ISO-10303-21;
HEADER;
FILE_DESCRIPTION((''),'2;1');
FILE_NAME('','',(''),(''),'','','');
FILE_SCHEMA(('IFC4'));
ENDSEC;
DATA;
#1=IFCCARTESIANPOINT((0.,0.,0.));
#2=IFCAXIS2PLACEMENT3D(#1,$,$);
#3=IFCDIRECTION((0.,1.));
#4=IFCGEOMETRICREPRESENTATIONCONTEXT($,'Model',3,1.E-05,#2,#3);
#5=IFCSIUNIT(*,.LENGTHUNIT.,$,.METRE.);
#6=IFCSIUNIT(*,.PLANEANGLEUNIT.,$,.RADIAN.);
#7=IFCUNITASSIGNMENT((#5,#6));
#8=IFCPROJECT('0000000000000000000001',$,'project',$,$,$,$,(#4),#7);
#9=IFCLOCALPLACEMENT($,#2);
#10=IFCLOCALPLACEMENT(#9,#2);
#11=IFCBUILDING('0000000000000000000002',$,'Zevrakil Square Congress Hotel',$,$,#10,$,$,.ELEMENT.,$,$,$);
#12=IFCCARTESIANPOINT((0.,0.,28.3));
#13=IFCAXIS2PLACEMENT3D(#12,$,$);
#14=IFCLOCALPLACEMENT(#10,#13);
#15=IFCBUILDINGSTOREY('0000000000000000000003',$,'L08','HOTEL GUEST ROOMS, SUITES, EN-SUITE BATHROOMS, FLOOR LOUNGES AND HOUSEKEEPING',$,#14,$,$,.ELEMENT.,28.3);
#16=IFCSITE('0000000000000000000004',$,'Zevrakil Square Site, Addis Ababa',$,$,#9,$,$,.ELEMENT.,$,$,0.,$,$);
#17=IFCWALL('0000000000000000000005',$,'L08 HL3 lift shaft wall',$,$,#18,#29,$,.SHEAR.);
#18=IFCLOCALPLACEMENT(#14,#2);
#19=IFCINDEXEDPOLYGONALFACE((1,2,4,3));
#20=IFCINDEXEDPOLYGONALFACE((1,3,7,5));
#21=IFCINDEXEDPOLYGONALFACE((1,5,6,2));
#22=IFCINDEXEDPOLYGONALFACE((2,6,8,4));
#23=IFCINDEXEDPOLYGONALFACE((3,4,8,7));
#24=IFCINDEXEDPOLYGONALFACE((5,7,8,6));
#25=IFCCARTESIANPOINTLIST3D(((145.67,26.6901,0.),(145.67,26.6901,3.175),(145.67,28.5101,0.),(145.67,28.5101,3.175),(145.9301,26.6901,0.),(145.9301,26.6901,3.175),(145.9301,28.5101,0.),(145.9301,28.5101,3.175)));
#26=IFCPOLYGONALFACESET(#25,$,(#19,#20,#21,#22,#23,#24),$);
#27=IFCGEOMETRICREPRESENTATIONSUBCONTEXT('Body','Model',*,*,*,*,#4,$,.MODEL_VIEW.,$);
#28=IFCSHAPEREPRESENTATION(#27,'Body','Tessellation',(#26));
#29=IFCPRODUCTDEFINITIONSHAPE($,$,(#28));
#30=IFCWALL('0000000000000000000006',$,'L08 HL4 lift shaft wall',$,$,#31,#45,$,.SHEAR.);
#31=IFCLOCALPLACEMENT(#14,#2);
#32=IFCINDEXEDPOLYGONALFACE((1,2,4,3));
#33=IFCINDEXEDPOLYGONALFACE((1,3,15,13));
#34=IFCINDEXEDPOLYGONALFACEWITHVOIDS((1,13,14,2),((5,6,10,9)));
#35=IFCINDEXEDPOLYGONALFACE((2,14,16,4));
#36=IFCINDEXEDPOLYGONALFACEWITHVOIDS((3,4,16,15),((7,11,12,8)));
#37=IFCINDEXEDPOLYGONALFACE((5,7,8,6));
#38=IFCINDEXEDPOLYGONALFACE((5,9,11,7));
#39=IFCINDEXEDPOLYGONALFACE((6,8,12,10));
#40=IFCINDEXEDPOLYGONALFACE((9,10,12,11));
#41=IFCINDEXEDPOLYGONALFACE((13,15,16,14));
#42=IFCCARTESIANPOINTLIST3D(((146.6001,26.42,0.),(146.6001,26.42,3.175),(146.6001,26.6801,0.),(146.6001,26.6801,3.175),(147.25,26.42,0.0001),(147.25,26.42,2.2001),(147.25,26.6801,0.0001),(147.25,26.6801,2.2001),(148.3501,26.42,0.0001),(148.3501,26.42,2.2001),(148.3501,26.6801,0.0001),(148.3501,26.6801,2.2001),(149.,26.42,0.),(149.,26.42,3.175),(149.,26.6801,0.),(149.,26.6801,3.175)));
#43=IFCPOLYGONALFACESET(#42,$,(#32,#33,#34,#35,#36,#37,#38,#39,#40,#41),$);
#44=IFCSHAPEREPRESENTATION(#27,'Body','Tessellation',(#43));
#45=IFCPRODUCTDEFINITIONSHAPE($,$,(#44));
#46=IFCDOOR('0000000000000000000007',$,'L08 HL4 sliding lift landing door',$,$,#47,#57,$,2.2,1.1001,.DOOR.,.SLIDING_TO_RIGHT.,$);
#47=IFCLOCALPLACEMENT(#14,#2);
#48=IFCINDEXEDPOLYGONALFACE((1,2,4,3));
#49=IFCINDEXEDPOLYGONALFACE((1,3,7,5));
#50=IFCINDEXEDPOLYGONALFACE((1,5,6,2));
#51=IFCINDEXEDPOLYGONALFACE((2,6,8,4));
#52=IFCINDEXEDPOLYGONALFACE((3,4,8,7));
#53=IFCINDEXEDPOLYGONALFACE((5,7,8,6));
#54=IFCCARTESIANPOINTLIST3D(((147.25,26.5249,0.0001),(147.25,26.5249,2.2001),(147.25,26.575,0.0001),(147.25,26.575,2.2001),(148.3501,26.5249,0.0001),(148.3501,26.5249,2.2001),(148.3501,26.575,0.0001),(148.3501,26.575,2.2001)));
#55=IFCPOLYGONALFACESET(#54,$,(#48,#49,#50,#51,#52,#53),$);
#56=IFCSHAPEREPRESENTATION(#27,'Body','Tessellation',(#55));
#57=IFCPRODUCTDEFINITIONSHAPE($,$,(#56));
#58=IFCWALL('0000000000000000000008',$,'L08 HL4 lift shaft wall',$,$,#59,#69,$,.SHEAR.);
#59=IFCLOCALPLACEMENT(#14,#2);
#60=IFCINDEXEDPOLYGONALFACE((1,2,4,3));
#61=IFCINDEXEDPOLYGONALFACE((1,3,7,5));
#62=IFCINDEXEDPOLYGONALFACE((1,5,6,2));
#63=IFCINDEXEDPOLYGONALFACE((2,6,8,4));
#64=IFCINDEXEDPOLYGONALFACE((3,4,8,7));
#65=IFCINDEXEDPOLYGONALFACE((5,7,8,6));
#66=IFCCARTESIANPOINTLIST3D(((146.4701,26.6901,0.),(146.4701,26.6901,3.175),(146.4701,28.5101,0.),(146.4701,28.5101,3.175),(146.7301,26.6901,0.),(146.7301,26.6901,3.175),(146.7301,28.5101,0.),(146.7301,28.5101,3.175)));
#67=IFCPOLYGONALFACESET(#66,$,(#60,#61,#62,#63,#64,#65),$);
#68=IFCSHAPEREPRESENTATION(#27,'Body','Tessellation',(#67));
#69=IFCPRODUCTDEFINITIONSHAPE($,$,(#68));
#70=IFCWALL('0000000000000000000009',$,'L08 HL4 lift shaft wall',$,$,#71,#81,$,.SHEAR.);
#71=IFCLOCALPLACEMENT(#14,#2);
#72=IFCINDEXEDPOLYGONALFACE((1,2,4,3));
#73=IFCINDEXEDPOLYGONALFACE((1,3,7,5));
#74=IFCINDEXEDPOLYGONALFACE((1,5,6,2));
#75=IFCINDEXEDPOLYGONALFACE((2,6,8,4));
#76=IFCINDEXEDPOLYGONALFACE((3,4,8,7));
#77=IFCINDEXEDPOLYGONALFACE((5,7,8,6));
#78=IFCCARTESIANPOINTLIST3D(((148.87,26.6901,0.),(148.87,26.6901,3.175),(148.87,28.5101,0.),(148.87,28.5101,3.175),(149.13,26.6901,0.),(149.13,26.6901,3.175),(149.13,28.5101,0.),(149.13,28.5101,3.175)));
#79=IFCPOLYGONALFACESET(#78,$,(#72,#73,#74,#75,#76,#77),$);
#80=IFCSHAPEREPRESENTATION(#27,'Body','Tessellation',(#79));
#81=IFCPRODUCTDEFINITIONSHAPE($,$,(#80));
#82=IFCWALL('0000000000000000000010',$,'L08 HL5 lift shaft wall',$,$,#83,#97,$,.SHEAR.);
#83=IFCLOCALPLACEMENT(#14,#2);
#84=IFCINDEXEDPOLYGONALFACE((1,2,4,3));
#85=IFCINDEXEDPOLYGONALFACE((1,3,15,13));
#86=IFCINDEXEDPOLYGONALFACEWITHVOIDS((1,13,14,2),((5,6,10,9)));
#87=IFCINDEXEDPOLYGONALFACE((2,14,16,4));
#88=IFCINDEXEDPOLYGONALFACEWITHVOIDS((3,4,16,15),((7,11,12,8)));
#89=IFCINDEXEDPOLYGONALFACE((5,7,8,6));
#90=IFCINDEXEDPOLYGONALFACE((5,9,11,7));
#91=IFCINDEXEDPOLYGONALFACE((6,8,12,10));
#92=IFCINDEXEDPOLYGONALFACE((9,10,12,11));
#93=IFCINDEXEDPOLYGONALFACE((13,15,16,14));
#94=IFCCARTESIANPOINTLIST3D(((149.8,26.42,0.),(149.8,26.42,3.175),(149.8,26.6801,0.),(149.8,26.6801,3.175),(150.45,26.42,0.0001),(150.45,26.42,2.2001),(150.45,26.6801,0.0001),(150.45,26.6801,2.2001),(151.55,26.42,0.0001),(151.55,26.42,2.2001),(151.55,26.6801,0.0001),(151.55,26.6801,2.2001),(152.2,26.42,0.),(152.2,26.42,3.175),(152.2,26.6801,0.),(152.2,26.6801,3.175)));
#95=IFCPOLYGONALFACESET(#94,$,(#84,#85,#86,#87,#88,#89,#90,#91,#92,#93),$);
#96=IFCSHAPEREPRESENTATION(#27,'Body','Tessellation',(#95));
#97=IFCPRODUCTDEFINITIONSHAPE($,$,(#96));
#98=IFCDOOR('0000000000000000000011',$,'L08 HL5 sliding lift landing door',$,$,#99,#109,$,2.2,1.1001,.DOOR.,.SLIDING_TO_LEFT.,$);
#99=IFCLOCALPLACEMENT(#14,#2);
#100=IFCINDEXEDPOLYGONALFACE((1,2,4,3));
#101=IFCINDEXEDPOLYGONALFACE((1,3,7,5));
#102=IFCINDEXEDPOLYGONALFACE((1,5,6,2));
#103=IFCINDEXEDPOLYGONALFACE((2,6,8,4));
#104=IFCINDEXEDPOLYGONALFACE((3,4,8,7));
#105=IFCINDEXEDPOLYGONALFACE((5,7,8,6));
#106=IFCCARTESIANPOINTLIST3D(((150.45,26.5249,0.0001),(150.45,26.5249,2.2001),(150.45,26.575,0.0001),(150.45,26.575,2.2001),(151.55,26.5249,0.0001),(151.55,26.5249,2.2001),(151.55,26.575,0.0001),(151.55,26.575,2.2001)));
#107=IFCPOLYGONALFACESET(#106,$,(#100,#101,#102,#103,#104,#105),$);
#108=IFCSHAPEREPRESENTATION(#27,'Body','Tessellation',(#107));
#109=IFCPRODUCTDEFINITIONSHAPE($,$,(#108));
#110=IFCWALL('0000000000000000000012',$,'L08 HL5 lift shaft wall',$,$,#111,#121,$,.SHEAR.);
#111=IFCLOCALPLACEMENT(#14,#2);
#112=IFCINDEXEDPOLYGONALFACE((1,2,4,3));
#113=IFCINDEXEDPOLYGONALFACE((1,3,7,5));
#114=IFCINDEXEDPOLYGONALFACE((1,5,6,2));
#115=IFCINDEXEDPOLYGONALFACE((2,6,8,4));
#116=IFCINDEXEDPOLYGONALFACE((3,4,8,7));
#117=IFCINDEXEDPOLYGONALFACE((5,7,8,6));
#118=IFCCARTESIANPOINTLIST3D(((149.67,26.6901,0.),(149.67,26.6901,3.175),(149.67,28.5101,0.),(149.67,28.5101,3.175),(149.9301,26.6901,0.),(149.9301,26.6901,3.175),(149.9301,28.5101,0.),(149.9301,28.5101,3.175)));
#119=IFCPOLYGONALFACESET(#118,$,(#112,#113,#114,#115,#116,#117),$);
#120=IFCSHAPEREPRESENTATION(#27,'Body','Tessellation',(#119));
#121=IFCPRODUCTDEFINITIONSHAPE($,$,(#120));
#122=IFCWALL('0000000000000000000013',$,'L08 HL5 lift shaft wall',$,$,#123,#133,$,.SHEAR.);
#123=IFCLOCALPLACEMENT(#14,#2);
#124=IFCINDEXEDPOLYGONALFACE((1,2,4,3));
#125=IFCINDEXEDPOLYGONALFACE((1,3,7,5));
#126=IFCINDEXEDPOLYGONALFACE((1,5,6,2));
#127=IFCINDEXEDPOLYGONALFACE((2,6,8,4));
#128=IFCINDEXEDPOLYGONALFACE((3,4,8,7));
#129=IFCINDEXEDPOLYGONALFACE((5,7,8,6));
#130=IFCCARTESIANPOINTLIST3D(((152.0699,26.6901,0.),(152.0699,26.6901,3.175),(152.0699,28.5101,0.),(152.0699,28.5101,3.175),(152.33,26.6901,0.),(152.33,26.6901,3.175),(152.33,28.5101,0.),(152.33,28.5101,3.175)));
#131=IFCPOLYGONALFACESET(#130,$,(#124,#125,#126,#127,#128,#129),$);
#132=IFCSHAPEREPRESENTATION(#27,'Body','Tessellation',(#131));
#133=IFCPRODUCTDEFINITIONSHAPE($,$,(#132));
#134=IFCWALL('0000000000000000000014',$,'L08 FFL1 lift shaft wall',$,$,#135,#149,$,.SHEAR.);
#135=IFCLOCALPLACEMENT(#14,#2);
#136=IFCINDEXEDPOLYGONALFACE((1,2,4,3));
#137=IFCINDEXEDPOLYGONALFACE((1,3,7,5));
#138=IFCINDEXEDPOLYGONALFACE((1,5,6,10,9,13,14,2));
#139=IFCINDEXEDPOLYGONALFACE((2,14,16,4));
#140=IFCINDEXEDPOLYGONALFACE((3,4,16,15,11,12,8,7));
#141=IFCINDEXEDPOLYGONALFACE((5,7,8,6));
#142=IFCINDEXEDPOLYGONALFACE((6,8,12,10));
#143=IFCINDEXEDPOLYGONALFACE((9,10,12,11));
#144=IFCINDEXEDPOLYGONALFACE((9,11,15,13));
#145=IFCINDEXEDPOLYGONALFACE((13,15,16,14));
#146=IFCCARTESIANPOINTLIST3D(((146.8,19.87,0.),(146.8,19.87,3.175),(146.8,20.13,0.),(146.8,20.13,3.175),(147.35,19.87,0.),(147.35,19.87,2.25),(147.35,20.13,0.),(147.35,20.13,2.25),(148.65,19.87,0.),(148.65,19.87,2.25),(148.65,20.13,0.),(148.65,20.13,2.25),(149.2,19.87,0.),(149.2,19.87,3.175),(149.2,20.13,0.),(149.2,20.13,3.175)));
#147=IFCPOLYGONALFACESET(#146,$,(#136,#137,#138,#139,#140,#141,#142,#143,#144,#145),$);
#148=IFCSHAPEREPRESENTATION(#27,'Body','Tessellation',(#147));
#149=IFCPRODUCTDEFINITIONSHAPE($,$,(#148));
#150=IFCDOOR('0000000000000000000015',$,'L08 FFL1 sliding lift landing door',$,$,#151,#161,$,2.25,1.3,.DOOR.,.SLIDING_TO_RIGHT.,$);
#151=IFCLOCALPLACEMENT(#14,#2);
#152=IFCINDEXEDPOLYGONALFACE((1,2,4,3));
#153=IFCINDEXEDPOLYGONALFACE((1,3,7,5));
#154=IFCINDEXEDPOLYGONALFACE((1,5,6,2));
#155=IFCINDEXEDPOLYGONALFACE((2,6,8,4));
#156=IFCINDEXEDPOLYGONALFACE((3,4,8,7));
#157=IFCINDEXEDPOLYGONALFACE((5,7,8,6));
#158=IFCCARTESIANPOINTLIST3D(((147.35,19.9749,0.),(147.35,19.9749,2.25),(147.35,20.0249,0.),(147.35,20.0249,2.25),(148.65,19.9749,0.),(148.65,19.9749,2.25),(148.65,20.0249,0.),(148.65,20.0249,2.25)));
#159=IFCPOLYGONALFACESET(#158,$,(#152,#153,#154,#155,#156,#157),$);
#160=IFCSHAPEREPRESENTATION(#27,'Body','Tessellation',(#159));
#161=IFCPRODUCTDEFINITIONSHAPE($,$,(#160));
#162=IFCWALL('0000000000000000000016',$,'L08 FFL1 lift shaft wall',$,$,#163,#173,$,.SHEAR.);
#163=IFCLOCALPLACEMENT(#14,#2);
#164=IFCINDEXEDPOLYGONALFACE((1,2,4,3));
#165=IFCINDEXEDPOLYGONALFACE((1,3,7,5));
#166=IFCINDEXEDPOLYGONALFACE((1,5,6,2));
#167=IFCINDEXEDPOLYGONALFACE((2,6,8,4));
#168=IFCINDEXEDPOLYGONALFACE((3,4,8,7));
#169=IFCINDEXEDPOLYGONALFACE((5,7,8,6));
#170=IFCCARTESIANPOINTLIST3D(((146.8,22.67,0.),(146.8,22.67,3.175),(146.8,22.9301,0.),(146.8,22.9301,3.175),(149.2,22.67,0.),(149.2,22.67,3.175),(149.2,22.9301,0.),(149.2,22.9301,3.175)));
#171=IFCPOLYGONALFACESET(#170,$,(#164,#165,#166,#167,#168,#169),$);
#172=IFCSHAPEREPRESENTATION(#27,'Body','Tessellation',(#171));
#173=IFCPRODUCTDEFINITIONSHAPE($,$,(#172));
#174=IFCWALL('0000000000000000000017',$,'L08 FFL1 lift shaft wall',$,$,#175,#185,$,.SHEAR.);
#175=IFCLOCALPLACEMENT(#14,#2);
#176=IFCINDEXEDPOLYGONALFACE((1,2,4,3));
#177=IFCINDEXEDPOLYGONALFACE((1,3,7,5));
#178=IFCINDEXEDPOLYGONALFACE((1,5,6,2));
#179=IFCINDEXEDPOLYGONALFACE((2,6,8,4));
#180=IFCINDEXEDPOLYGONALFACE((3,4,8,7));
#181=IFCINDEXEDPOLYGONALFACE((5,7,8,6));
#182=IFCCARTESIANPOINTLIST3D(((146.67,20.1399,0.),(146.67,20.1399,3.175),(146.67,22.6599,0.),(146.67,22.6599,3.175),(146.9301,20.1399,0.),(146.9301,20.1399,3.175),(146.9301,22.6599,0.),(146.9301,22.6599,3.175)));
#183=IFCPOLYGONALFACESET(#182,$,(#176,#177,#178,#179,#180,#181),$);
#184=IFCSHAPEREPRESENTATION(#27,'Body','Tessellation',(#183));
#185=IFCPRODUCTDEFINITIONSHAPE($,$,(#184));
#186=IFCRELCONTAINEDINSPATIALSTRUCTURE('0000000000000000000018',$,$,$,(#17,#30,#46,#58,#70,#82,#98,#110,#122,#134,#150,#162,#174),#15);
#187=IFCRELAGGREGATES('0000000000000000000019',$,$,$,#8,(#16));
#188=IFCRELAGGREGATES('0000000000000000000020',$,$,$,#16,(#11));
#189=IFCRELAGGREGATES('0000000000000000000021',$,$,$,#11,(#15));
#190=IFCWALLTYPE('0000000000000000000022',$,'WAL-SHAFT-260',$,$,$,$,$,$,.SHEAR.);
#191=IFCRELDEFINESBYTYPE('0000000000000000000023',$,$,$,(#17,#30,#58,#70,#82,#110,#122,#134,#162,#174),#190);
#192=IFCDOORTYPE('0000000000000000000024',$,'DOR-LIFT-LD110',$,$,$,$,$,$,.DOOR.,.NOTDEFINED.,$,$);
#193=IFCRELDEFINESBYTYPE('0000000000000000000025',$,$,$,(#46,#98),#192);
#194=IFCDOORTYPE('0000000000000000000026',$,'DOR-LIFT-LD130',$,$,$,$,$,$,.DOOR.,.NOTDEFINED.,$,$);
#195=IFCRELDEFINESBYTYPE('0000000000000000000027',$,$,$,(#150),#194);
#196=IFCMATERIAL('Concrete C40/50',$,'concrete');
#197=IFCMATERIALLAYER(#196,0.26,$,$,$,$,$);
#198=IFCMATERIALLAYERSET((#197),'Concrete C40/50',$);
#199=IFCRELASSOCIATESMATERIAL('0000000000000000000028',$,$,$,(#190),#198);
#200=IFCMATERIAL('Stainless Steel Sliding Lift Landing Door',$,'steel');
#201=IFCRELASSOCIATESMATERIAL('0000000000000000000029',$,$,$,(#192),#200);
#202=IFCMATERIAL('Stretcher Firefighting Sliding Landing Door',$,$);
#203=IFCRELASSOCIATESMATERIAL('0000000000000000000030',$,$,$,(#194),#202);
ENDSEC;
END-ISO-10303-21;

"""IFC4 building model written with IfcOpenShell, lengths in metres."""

from ifc_helpers import new_model, si_unit, direction, frame, frame_2d, origin, place, context, subcontext, project, spatial, rectangle, extrude, material, layer, layer_set, type_object, element, fill, save


model = new_model("IFC4")

# Units and contexts
model_context = context("Model", 3, precision=1e-05, world=origin(), true_north=direction((0.0, 1.0)))
body_context = subcontext(model_context, "Body", "Model", "MODEL_VIEW")
ifc_project = project(units=[si_unit("LENGTHUNIT", "METRE"), si_unit("PLANEANGLEUNIT", "RADIAN")], contexts=[model_context])

# Site, building, storey
site_placement = place(None, origin())
site = spatial("IfcSite", under=ifc_project, at=site_placement, Name="Zevrakil Square Site, Addis Ababa", CompositionType="ELEMENT", RefElevation=0.0)
building_placement = place(site_placement, origin())
building = spatial("IfcBuilding", under=site, at=building_placement, Name="Zevrakil Square Congress Hotel", CompositionType="ELEMENT")
storey_placement = place(building_placement, frame((0.0, 0.0, 28.3)))
storey = spatial("IfcBuildingStorey", under=building, at=storey_placement, Name="L08", Description="HOTEL GUEST ROOMS, SUITES, EN-SUITE BATHROOMS, FLOOR LOUNGES AND HOUSEKEEPING", CompositionType="ELEMENT", Elevation=28.3)

# Wall
ifc_material_1 = material(Name="Concrete C40/50", Category="concrete")
ifc_layer_1 = layer(ifc_material_1, 0.26)
ifc_layer_set_1 = layer_set([ifc_layer_1], Name="Concrete C40/50")
wall_type_1 = type_object("IfcWallType", Name="WAL-SHAFT-260", PredefinedType="SHEAR", material=ifc_layer_set_1)
wall_1_placement = place(storey_placement, frame((145.8, 26.6899, 0.0), z_axis=(0.0, 0.0, 1.0), x_axis=(0.0, 1.0, 0.0)))
element("IfcWall", 1, at=wall_1_placement, inside=storey, type_object=wall_type_1, Name="L08 HL3 lift shaft wall", PredefinedType="SHEAR", context=body_context, shape_type="SweptSolid", body=[
    extrude(rectangle(XDim=1.8201, YDim=0.26, at=frame_2d((0.9102, 0.0))), origin(), (0.0, 0.0, 1.0), 3.175),
])

# Wall, opening, door
wall_2_placement = place(storey_placement, frame((146.6001, 26.55, 0.0), z_axis=(0.0, 0.0, 1.0), x_axis=(1.0, 0.0, 0.0)))
wall_2 = element("IfcWall", 2, at=wall_2_placement, inside=storey, type_object=wall_type_1, Name="L08 HL4 lift shaft wall", PredefinedType="SHEAR", context=body_context, shape_type="SweptSolid", body=[
    extrude(rectangle(XDim=2.3999, YDim=0.26, at=frame_2d((1.2, 0.0))), origin(), (0.0, 0.0, 1.0), 3.175),
])
opening_1_placement = place(wall_2_placement, frame((0.6499, 0.0, 0.0)))
opening_1 = element("IfcOpeningElement", 3, at=opening_1_placement, cuts=wall_2, PredefinedType="OPENING", context=body_context, shape_type="SweptSolid", body=[
    extrude(rectangle(XDim=1.1001, YDim=2.2, at=frame_2d((0.55, 1.1001))), frame((0.0, 0.1401, 0.0), z_axis=(0.0, -1.0, 0.0), x_axis=(1.0, 0.0, 0.0)), (0.0, 0.0, 1.0), 0.28),
])
ifc_material_2 = material(Name="Stainless Steel Sliding Lift Landing Door", Category="steel")
door_type_1 = type_object("IfcDoorType", Name="DOR-LIFT-LD110", OperationType="NOTDEFINED", PredefinedType="DOOR", material=ifc_material_2)
door_1_placement = place(opening_1_placement, origin())
door_1 = element("IfcDoor", 4, at=door_1_placement, inside=storey, type_object=door_type_1, Name="L08 HL4 sliding lift landing door", OperationType="SLIDING_TO_RIGHT", OverallHeight=2.2, OverallWidth=1.1001, PredefinedType="DOOR", context=body_context, shape_type="SweptSolid", body=[
    extrude(rectangle(XDim=1.1001, YDim=2.2, at=frame_2d((0.55, 1.1001))), frame((0.0, 0.0249, 0.0), z_axis=(0.0, -1.0, 0.0), x_axis=(1.0, 0.0, 0.0)), (0.0, 0.0, 1.0), 0.05),
])
fill(opening_1, door_1)

# Walls
for number, where, z_axis, x_axis, name in (
    (5, (146.6001, 26.6899, 0.0), (0.0, 0.0, 1.0), (0.0, 1.0, 0.0), "L08 HL4 lift shaft wall"),
    (6, (149.0, 26.6899, 0.0), (0.0, 0.0, 1.0), (0.0, 1.0, 0.0), "L08 HL4 lift shaft wall"),
):
    element("IfcWall", number, at=place(storey_placement, frame(where, z_axis=z_axis, x_axis=x_axis)), inside=storey, type_object=wall_type_1, Name=name, PredefinedType="SHEAR", context=body_context, shape_type="SweptSolid", body=[
        extrude(rectangle(XDim=1.8201, YDim=0.26, at=frame_2d((0.9102, 0.0))), origin(), (0.0, 0.0, 1.0), 3.175),
    ])

# Wall, opening, door
wall_3_placement = place(storey_placement, frame((149.8, 26.55, 0.0), z_axis=(0.0, 0.0, 1.0), x_axis=(1.0, 0.0, 0.0)))
wall_3 = element("IfcWall", 7, at=wall_3_placement, inside=storey, type_object=wall_type_1, Name="L08 HL5 lift shaft wall", PredefinedType="SHEAR", context=body_context, shape_type="SweptSolid", body=[
    extrude(rectangle(XDim=2.3999, YDim=0.26, at=frame_2d((1.2, 0.0))), origin(), (0.0, 0.0, 1.0), 3.175),
])
opening_2_placement = place(wall_3_placement, frame((0.6499, 0.0, 0.0)))
opening_2 = element("IfcOpeningElement", 8, at=opening_2_placement, cuts=wall_3, PredefinedType="OPENING", context=body_context, shape_type="SweptSolid", body=[
    extrude(rectangle(XDim=1.1001, YDim=2.2, at=frame_2d((0.55, 1.1001))), frame((0.0, 0.1401, 0.0), z_axis=(0.0, -1.0, 0.0), x_axis=(1.0, 0.0, 0.0)), (0.0, 0.0, 1.0), 0.28),
])
door_2_placement = place(opening_2_placement, origin())
door_2 = element("IfcDoor", 9, at=door_2_placement, inside=storey, type_object=door_type_1, Name="L08 HL5 sliding lift landing door", OperationType="SLIDING_TO_LEFT", OverallHeight=2.2, OverallWidth=1.1001, PredefinedType="DOOR", context=body_context, shape_type="SweptSolid", body=[
    extrude(rectangle(XDim=1.1001, YDim=2.2, at=frame_2d((0.55, 1.1001))), frame((0.0, 0.0249, 0.0), z_axis=(0.0, -1.0, 0.0), x_axis=(1.0, 0.0, 0.0)), (0.0, 0.0, 1.0), 0.05),
])
fill(opening_2, door_2)

# Walls
for number, where, z_axis, x_axis, name in (
    (10, (149.8, 26.6899, 0.0), (0.0, 0.0, 1.0), (0.0, 1.0, 0.0), "L08 HL5 lift shaft wall"),
    (11, (152.2, 26.6899, 0.0), (0.0, 0.0, 1.0), (0.0, 1.0, 0.0), "L08 HL5 lift shaft wall"),
):
    element("IfcWall", number, at=place(storey_placement, frame(where, z_axis=z_axis, x_axis=x_axis)), inside=storey, type_object=wall_type_1, Name=name, PredefinedType="SHEAR", context=body_context, shape_type="SweptSolid", body=[
        extrude(rectangle(XDim=1.8201, YDim=0.26, at=frame_2d((0.9102, 0.0))), origin(), (0.0, 0.0, 1.0), 3.175),
    ])

# Wall, opening, door
wall_4_placement = place(storey_placement, frame((146.8, 20.0, 0.0), z_axis=(0.0, 0.0, 1.0), x_axis=(1.0, 0.0, 0.0)))
wall_4 = element("IfcWall", 12, at=wall_4_placement, inside=storey, type_object=wall_type_1, Name="L08 FFL1 lift shaft wall", PredefinedType="SHEAR", context=body_context, shape_type="SweptSolid", body=[
    extrude(rectangle(XDim=2.3999, YDim=0.26, at=frame_2d((1.2, 0.0))), origin(), (0.0, 0.0, 1.0), 3.175),
])
opening_3_placement = place(wall_4_placement, frame((0.55, 0.0, 0.0)))
opening_3 = element("IfcOpeningElement", 13, at=opening_3_placement, cuts=wall_4, PredefinedType="OPENING", context=body_context, shape_type="SweptSolid", body=[
    extrude(rectangle(XDim=1.3, YDim=2.25, at=frame_2d((0.6499, 1.125))), frame((0.0, 0.1401, 0.0), z_axis=(0.0, -1.0, 0.0), x_axis=(1.0, 0.0, 0.0)), (0.0, 0.0, 1.0), 0.28),
])
ifc_material_3 = material(Name="Stretcher Firefighting Sliding Landing Door")
door_type_2 = type_object("IfcDoorType", Name="DOR-LIFT-LD130", OperationType="NOTDEFINED", PredefinedType="DOOR", material=ifc_material_3)
door_3_placement = place(opening_3_placement, origin())
door_3 = element("IfcDoor", 14, at=door_3_placement, inside=storey, type_object=door_type_2, Name="L08 FFL1 sliding lift landing door", OperationType="SLIDING_TO_RIGHT", OverallHeight=2.25, OverallWidth=1.3, PredefinedType="DOOR", context=body_context, shape_type="SweptSolid", body=[
    extrude(rectangle(XDim=1.3, YDim=2.25, at=frame_2d((0.6499, 1.125))), frame((0.0, 0.0249, 0.0), z_axis=(0.0, -1.0, 0.0), x_axis=(1.0, 0.0, 0.0)), (0.0, 0.0, 1.0), 0.05),
])
fill(opening_3, door_3)

# Walls
wall_5_placement = place(storey_placement, frame((146.8, 22.8, 0.0), z_axis=(0.0, 0.0, 1.0), x_axis=(1.0, 0.0, 0.0)))
element("IfcWall", 15, at=wall_5_placement, inside=storey, type_object=wall_type_1, Name="L08 FFL1 lift shaft wall", PredefinedType="SHEAR", context=body_context, shape_type="SweptSolid", body=[
    extrude(rectangle(XDim=2.3999, YDim=0.26, at=frame_2d((1.2, 0.0))), origin(), (0.0, 0.0, 1.0), 3.175),
])
for number, where, z_axis, x_axis, name in (
    (16, (146.8, 20.1399, 0.0), (0.0, 0.0, 1.0), (0.0, 1.0, 0.0), "L08 FFL1 lift shaft wall"),
):
    element("IfcWall", number, at=place(storey_placement, frame(where, z_axis=z_axis, x_axis=x_axis)), inside=storey, type_object=wall_type_1, Name=name, PredefinedType="SHEAR", context=body_context, shape_type="SweptSolid", body=[
        extrude(rectangle(XDim=2.52, YDim=0.26, at=frame_2d((1.26, 0.0))), origin(), (0.0, 0.0, 1.0), 3.175),
    ])

save(model, "model.ifc")
